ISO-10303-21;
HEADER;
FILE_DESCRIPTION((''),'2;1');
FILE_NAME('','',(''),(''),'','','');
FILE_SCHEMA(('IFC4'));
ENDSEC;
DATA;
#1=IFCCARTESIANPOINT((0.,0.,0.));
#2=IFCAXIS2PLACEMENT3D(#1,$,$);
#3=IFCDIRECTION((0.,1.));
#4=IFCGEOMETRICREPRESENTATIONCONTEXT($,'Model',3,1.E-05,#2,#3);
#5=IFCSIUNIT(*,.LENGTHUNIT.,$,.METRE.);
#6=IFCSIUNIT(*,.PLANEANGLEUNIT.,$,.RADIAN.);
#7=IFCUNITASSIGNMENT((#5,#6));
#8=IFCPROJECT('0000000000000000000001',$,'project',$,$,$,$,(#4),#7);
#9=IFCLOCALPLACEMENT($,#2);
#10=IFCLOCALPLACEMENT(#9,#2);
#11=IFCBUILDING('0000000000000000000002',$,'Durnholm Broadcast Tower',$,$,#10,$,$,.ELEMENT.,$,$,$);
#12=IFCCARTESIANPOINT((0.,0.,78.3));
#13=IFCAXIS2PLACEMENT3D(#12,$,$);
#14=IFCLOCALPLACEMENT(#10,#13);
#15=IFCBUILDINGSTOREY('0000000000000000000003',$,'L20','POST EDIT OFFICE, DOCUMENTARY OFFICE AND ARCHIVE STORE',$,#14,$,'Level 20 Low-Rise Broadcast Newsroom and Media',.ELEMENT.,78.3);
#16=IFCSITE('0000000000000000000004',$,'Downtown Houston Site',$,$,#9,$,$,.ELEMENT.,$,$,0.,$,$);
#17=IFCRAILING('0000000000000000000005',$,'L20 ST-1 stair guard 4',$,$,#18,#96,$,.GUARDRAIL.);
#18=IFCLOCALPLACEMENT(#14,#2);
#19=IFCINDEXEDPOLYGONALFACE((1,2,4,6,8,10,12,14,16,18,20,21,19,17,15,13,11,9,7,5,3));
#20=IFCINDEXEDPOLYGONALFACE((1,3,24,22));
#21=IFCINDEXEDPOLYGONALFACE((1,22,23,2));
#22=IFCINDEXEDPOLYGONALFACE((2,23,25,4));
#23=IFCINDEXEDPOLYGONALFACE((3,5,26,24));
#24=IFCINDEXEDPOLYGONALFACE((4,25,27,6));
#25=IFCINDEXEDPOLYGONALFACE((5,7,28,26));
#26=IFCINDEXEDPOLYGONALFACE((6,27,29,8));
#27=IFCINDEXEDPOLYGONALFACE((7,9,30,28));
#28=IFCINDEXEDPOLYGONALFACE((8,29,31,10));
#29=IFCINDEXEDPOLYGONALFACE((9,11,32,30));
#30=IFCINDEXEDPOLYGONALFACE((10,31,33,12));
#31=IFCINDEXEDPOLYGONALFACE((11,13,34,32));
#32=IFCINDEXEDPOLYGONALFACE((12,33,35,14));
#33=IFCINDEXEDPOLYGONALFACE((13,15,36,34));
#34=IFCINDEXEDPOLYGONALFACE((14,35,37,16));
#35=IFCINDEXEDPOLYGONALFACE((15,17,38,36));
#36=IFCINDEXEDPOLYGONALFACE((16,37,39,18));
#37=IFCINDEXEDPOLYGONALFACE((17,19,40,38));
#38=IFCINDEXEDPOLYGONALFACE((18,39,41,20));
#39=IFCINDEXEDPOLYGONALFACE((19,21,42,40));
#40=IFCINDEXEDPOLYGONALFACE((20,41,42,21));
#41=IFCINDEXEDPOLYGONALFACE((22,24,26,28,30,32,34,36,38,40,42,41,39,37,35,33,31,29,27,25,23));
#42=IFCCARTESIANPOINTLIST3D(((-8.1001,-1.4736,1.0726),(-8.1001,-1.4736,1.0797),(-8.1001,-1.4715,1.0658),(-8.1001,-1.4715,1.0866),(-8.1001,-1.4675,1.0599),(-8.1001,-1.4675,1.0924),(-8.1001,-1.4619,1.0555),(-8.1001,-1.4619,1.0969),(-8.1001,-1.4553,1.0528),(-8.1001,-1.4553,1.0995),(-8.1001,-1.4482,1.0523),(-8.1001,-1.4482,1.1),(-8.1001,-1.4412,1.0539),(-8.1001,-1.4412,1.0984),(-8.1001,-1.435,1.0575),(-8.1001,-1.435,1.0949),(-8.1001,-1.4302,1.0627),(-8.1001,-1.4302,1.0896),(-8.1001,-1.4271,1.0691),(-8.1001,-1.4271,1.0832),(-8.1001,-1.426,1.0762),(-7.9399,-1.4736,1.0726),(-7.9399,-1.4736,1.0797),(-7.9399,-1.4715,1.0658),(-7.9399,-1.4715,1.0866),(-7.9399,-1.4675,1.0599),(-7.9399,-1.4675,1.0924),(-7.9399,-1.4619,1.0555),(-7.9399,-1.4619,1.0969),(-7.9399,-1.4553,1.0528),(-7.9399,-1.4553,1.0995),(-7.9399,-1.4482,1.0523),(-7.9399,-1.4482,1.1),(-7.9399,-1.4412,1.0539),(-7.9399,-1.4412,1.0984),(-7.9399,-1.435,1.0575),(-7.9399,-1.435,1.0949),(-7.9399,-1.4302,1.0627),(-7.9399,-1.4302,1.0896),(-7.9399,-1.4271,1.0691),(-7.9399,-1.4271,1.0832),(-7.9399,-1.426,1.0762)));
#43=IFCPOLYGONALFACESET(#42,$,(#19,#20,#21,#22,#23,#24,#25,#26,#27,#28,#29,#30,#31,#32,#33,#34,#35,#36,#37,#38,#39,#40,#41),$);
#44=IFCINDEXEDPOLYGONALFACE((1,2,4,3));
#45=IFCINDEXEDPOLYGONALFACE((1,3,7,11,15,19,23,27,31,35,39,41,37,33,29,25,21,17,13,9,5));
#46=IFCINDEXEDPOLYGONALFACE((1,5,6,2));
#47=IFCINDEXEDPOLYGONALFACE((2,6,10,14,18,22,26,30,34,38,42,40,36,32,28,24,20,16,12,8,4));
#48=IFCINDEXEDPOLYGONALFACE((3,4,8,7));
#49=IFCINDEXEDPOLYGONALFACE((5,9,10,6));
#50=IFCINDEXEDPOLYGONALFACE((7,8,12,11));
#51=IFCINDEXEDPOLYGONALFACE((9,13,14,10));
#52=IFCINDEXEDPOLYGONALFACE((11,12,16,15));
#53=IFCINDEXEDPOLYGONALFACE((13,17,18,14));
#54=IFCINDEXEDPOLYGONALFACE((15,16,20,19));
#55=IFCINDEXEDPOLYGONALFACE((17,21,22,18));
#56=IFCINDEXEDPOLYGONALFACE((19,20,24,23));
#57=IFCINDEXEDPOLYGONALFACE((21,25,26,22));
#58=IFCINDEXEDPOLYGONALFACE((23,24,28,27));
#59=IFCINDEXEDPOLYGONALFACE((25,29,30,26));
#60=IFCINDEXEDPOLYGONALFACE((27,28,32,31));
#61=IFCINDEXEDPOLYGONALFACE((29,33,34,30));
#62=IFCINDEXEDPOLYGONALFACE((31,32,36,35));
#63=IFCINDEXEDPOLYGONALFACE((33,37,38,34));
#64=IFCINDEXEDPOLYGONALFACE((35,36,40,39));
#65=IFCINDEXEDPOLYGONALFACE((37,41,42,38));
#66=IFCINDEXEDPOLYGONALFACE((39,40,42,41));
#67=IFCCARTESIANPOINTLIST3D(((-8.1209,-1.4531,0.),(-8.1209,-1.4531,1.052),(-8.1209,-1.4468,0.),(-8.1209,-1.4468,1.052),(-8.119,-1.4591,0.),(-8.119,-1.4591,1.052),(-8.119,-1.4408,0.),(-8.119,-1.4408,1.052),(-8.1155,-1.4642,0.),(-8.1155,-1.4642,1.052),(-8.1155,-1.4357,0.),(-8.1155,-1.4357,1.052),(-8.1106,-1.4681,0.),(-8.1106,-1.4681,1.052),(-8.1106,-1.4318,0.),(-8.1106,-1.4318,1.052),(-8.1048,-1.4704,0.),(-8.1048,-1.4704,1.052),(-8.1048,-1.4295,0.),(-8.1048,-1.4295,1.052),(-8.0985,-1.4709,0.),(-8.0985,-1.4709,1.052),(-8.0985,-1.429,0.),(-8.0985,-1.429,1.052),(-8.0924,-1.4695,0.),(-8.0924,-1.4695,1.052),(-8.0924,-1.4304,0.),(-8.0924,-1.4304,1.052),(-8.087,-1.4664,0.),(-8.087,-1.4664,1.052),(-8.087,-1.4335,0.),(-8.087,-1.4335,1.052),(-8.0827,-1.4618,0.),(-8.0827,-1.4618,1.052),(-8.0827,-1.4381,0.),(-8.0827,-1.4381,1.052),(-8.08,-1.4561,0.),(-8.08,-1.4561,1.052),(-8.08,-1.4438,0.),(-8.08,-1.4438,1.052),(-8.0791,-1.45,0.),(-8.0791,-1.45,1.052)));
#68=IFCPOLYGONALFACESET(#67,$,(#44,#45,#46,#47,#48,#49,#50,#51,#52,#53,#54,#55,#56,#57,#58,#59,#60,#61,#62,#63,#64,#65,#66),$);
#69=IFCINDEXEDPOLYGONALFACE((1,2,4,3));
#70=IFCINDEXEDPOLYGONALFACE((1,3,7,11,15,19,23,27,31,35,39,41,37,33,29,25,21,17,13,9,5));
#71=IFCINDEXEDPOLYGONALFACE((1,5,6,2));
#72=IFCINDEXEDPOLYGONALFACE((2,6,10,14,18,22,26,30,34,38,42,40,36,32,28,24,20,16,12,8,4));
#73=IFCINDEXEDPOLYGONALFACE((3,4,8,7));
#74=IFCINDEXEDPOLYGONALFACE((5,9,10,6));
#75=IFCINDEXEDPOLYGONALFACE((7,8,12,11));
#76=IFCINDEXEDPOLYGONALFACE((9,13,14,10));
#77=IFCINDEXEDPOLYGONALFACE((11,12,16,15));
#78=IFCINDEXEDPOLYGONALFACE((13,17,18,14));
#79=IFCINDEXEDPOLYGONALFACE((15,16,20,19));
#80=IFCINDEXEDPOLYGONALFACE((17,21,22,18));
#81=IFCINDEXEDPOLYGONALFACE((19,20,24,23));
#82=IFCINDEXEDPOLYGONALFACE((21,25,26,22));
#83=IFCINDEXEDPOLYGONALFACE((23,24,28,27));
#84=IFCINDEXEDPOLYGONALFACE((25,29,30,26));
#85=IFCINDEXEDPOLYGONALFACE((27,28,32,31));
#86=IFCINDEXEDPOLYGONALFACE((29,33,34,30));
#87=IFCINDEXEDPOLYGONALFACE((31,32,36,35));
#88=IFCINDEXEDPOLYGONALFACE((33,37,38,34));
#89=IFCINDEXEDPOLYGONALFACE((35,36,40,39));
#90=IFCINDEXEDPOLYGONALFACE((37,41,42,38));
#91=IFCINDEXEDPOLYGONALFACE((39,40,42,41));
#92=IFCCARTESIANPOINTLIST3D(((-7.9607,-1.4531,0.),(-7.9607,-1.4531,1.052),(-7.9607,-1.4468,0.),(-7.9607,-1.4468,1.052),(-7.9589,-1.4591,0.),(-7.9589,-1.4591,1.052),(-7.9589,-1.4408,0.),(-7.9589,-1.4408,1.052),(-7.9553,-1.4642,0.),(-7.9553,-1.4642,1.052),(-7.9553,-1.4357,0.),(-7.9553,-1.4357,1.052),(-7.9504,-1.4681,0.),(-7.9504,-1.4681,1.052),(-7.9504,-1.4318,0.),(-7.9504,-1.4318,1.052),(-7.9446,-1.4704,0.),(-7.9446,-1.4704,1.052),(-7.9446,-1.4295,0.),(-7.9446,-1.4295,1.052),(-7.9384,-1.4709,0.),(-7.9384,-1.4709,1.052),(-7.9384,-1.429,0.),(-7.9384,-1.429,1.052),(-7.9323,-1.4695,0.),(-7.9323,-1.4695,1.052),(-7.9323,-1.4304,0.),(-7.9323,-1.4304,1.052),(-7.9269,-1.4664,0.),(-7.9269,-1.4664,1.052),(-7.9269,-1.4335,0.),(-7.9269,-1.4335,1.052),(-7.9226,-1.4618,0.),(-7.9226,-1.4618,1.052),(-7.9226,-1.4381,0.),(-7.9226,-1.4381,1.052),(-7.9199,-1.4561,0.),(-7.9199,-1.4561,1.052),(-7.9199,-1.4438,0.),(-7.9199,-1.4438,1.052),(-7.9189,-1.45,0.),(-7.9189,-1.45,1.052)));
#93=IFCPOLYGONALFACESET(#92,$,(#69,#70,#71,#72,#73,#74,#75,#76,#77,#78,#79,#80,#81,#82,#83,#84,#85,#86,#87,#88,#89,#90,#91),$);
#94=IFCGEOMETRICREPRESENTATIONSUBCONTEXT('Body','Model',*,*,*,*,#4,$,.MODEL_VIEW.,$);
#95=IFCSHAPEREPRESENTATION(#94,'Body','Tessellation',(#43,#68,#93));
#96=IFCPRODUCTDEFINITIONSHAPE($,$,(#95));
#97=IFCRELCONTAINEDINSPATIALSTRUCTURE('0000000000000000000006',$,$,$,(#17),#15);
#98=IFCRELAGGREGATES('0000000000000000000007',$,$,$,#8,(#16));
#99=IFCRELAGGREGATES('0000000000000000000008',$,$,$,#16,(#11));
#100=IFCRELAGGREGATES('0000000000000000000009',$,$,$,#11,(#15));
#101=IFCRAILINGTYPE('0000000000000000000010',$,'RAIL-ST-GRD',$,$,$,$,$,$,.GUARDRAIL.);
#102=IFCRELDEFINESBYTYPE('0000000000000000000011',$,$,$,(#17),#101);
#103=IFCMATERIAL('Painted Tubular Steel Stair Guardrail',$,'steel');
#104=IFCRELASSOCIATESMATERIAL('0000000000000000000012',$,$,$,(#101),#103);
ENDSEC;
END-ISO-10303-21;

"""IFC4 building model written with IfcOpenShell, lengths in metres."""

from ifc_helpers import new_model, si_unit, direction, frame, origin, origin_2d, place, context, subcontext, project, spatial, circle, extrude, material, type_object, element, save


model = new_model("IFC4")

# Units and contexts
model_context = context("Model", 3, precision=1e-05, world=origin(), true_north=direction((0.0, 1.0)))
body_context = subcontext(model_context, "Body", "Model", "MODEL_VIEW")
ifc_project = project(units=[si_unit("LENGTHUNIT", "METRE"), si_unit("PLANEANGLEUNIT", "RADIAN")], contexts=[model_context])

# Site, building, storey
site_placement = place(None, origin())
site = spatial("IfcSite", under=ifc_project, at=site_placement, Name="Downtown Houston Site", CompositionType="ELEMENT", RefElevation=0.0)
building_placement = place(site_placement, origin())
building = spatial("IfcBuilding", under=site, at=building_placement, Name="Durnholm Broadcast Tower", CompositionType="ELEMENT")
storey_placement = place(building_placement, frame((0.0, 0.0, 78.3)))
storey = spatial("IfcBuildingStorey", under=building, at=storey_placement, Name="L20", Description="POST EDIT OFFICE, DOCUMENTARY OFFICE AND ARCHIVE STORE", LongName="Level 20 Low-Rise Broadcast Newsroom and Media", CompositionType="ELEMENT", Elevation=78.3)

# Railing
ifc_material_1 = material(Name="Painted Tubular Steel Stair Guardrail", Category="steel")
railing_type_1 = type_object("IfcRailingType", Name="RAIL-ST-GRD", PredefinedType="GUARDRAIL", material=ifc_material_1)
railing_1_placement = place(storey_placement, frame((-8.1001, -1.45, 0.0)))
element("IfcRailing", 1, at=railing_1_placement, inside=storey, type_object=railing_type_1, Name="L20 ST-1 stair guard 4", PredefinedType="GUARDRAIL", context=body_context, shape_type="SweptSolid", body=[
    extrude(circle(Radius=0.0239, at=origin_2d()), frame((0.0, 0.0, 1.0762), z_axis=(1.0, 0.0, 0.0), x_axis=(0.0, 1.0, 0.0)), (0.0, 0.0, 1.0), 0.1602),
    extrude(circle(Radius=0.021, at=origin_2d()), origin(), (0.0, 0.0, 1.0), 1.052),
    extrude(circle(Radius=0.021, at=origin_2d()), frame((0.1602, 0.0, 0.0)), (0.0, 0.0, 1.0), 1.052),
])

save(model, "model.ifc")
